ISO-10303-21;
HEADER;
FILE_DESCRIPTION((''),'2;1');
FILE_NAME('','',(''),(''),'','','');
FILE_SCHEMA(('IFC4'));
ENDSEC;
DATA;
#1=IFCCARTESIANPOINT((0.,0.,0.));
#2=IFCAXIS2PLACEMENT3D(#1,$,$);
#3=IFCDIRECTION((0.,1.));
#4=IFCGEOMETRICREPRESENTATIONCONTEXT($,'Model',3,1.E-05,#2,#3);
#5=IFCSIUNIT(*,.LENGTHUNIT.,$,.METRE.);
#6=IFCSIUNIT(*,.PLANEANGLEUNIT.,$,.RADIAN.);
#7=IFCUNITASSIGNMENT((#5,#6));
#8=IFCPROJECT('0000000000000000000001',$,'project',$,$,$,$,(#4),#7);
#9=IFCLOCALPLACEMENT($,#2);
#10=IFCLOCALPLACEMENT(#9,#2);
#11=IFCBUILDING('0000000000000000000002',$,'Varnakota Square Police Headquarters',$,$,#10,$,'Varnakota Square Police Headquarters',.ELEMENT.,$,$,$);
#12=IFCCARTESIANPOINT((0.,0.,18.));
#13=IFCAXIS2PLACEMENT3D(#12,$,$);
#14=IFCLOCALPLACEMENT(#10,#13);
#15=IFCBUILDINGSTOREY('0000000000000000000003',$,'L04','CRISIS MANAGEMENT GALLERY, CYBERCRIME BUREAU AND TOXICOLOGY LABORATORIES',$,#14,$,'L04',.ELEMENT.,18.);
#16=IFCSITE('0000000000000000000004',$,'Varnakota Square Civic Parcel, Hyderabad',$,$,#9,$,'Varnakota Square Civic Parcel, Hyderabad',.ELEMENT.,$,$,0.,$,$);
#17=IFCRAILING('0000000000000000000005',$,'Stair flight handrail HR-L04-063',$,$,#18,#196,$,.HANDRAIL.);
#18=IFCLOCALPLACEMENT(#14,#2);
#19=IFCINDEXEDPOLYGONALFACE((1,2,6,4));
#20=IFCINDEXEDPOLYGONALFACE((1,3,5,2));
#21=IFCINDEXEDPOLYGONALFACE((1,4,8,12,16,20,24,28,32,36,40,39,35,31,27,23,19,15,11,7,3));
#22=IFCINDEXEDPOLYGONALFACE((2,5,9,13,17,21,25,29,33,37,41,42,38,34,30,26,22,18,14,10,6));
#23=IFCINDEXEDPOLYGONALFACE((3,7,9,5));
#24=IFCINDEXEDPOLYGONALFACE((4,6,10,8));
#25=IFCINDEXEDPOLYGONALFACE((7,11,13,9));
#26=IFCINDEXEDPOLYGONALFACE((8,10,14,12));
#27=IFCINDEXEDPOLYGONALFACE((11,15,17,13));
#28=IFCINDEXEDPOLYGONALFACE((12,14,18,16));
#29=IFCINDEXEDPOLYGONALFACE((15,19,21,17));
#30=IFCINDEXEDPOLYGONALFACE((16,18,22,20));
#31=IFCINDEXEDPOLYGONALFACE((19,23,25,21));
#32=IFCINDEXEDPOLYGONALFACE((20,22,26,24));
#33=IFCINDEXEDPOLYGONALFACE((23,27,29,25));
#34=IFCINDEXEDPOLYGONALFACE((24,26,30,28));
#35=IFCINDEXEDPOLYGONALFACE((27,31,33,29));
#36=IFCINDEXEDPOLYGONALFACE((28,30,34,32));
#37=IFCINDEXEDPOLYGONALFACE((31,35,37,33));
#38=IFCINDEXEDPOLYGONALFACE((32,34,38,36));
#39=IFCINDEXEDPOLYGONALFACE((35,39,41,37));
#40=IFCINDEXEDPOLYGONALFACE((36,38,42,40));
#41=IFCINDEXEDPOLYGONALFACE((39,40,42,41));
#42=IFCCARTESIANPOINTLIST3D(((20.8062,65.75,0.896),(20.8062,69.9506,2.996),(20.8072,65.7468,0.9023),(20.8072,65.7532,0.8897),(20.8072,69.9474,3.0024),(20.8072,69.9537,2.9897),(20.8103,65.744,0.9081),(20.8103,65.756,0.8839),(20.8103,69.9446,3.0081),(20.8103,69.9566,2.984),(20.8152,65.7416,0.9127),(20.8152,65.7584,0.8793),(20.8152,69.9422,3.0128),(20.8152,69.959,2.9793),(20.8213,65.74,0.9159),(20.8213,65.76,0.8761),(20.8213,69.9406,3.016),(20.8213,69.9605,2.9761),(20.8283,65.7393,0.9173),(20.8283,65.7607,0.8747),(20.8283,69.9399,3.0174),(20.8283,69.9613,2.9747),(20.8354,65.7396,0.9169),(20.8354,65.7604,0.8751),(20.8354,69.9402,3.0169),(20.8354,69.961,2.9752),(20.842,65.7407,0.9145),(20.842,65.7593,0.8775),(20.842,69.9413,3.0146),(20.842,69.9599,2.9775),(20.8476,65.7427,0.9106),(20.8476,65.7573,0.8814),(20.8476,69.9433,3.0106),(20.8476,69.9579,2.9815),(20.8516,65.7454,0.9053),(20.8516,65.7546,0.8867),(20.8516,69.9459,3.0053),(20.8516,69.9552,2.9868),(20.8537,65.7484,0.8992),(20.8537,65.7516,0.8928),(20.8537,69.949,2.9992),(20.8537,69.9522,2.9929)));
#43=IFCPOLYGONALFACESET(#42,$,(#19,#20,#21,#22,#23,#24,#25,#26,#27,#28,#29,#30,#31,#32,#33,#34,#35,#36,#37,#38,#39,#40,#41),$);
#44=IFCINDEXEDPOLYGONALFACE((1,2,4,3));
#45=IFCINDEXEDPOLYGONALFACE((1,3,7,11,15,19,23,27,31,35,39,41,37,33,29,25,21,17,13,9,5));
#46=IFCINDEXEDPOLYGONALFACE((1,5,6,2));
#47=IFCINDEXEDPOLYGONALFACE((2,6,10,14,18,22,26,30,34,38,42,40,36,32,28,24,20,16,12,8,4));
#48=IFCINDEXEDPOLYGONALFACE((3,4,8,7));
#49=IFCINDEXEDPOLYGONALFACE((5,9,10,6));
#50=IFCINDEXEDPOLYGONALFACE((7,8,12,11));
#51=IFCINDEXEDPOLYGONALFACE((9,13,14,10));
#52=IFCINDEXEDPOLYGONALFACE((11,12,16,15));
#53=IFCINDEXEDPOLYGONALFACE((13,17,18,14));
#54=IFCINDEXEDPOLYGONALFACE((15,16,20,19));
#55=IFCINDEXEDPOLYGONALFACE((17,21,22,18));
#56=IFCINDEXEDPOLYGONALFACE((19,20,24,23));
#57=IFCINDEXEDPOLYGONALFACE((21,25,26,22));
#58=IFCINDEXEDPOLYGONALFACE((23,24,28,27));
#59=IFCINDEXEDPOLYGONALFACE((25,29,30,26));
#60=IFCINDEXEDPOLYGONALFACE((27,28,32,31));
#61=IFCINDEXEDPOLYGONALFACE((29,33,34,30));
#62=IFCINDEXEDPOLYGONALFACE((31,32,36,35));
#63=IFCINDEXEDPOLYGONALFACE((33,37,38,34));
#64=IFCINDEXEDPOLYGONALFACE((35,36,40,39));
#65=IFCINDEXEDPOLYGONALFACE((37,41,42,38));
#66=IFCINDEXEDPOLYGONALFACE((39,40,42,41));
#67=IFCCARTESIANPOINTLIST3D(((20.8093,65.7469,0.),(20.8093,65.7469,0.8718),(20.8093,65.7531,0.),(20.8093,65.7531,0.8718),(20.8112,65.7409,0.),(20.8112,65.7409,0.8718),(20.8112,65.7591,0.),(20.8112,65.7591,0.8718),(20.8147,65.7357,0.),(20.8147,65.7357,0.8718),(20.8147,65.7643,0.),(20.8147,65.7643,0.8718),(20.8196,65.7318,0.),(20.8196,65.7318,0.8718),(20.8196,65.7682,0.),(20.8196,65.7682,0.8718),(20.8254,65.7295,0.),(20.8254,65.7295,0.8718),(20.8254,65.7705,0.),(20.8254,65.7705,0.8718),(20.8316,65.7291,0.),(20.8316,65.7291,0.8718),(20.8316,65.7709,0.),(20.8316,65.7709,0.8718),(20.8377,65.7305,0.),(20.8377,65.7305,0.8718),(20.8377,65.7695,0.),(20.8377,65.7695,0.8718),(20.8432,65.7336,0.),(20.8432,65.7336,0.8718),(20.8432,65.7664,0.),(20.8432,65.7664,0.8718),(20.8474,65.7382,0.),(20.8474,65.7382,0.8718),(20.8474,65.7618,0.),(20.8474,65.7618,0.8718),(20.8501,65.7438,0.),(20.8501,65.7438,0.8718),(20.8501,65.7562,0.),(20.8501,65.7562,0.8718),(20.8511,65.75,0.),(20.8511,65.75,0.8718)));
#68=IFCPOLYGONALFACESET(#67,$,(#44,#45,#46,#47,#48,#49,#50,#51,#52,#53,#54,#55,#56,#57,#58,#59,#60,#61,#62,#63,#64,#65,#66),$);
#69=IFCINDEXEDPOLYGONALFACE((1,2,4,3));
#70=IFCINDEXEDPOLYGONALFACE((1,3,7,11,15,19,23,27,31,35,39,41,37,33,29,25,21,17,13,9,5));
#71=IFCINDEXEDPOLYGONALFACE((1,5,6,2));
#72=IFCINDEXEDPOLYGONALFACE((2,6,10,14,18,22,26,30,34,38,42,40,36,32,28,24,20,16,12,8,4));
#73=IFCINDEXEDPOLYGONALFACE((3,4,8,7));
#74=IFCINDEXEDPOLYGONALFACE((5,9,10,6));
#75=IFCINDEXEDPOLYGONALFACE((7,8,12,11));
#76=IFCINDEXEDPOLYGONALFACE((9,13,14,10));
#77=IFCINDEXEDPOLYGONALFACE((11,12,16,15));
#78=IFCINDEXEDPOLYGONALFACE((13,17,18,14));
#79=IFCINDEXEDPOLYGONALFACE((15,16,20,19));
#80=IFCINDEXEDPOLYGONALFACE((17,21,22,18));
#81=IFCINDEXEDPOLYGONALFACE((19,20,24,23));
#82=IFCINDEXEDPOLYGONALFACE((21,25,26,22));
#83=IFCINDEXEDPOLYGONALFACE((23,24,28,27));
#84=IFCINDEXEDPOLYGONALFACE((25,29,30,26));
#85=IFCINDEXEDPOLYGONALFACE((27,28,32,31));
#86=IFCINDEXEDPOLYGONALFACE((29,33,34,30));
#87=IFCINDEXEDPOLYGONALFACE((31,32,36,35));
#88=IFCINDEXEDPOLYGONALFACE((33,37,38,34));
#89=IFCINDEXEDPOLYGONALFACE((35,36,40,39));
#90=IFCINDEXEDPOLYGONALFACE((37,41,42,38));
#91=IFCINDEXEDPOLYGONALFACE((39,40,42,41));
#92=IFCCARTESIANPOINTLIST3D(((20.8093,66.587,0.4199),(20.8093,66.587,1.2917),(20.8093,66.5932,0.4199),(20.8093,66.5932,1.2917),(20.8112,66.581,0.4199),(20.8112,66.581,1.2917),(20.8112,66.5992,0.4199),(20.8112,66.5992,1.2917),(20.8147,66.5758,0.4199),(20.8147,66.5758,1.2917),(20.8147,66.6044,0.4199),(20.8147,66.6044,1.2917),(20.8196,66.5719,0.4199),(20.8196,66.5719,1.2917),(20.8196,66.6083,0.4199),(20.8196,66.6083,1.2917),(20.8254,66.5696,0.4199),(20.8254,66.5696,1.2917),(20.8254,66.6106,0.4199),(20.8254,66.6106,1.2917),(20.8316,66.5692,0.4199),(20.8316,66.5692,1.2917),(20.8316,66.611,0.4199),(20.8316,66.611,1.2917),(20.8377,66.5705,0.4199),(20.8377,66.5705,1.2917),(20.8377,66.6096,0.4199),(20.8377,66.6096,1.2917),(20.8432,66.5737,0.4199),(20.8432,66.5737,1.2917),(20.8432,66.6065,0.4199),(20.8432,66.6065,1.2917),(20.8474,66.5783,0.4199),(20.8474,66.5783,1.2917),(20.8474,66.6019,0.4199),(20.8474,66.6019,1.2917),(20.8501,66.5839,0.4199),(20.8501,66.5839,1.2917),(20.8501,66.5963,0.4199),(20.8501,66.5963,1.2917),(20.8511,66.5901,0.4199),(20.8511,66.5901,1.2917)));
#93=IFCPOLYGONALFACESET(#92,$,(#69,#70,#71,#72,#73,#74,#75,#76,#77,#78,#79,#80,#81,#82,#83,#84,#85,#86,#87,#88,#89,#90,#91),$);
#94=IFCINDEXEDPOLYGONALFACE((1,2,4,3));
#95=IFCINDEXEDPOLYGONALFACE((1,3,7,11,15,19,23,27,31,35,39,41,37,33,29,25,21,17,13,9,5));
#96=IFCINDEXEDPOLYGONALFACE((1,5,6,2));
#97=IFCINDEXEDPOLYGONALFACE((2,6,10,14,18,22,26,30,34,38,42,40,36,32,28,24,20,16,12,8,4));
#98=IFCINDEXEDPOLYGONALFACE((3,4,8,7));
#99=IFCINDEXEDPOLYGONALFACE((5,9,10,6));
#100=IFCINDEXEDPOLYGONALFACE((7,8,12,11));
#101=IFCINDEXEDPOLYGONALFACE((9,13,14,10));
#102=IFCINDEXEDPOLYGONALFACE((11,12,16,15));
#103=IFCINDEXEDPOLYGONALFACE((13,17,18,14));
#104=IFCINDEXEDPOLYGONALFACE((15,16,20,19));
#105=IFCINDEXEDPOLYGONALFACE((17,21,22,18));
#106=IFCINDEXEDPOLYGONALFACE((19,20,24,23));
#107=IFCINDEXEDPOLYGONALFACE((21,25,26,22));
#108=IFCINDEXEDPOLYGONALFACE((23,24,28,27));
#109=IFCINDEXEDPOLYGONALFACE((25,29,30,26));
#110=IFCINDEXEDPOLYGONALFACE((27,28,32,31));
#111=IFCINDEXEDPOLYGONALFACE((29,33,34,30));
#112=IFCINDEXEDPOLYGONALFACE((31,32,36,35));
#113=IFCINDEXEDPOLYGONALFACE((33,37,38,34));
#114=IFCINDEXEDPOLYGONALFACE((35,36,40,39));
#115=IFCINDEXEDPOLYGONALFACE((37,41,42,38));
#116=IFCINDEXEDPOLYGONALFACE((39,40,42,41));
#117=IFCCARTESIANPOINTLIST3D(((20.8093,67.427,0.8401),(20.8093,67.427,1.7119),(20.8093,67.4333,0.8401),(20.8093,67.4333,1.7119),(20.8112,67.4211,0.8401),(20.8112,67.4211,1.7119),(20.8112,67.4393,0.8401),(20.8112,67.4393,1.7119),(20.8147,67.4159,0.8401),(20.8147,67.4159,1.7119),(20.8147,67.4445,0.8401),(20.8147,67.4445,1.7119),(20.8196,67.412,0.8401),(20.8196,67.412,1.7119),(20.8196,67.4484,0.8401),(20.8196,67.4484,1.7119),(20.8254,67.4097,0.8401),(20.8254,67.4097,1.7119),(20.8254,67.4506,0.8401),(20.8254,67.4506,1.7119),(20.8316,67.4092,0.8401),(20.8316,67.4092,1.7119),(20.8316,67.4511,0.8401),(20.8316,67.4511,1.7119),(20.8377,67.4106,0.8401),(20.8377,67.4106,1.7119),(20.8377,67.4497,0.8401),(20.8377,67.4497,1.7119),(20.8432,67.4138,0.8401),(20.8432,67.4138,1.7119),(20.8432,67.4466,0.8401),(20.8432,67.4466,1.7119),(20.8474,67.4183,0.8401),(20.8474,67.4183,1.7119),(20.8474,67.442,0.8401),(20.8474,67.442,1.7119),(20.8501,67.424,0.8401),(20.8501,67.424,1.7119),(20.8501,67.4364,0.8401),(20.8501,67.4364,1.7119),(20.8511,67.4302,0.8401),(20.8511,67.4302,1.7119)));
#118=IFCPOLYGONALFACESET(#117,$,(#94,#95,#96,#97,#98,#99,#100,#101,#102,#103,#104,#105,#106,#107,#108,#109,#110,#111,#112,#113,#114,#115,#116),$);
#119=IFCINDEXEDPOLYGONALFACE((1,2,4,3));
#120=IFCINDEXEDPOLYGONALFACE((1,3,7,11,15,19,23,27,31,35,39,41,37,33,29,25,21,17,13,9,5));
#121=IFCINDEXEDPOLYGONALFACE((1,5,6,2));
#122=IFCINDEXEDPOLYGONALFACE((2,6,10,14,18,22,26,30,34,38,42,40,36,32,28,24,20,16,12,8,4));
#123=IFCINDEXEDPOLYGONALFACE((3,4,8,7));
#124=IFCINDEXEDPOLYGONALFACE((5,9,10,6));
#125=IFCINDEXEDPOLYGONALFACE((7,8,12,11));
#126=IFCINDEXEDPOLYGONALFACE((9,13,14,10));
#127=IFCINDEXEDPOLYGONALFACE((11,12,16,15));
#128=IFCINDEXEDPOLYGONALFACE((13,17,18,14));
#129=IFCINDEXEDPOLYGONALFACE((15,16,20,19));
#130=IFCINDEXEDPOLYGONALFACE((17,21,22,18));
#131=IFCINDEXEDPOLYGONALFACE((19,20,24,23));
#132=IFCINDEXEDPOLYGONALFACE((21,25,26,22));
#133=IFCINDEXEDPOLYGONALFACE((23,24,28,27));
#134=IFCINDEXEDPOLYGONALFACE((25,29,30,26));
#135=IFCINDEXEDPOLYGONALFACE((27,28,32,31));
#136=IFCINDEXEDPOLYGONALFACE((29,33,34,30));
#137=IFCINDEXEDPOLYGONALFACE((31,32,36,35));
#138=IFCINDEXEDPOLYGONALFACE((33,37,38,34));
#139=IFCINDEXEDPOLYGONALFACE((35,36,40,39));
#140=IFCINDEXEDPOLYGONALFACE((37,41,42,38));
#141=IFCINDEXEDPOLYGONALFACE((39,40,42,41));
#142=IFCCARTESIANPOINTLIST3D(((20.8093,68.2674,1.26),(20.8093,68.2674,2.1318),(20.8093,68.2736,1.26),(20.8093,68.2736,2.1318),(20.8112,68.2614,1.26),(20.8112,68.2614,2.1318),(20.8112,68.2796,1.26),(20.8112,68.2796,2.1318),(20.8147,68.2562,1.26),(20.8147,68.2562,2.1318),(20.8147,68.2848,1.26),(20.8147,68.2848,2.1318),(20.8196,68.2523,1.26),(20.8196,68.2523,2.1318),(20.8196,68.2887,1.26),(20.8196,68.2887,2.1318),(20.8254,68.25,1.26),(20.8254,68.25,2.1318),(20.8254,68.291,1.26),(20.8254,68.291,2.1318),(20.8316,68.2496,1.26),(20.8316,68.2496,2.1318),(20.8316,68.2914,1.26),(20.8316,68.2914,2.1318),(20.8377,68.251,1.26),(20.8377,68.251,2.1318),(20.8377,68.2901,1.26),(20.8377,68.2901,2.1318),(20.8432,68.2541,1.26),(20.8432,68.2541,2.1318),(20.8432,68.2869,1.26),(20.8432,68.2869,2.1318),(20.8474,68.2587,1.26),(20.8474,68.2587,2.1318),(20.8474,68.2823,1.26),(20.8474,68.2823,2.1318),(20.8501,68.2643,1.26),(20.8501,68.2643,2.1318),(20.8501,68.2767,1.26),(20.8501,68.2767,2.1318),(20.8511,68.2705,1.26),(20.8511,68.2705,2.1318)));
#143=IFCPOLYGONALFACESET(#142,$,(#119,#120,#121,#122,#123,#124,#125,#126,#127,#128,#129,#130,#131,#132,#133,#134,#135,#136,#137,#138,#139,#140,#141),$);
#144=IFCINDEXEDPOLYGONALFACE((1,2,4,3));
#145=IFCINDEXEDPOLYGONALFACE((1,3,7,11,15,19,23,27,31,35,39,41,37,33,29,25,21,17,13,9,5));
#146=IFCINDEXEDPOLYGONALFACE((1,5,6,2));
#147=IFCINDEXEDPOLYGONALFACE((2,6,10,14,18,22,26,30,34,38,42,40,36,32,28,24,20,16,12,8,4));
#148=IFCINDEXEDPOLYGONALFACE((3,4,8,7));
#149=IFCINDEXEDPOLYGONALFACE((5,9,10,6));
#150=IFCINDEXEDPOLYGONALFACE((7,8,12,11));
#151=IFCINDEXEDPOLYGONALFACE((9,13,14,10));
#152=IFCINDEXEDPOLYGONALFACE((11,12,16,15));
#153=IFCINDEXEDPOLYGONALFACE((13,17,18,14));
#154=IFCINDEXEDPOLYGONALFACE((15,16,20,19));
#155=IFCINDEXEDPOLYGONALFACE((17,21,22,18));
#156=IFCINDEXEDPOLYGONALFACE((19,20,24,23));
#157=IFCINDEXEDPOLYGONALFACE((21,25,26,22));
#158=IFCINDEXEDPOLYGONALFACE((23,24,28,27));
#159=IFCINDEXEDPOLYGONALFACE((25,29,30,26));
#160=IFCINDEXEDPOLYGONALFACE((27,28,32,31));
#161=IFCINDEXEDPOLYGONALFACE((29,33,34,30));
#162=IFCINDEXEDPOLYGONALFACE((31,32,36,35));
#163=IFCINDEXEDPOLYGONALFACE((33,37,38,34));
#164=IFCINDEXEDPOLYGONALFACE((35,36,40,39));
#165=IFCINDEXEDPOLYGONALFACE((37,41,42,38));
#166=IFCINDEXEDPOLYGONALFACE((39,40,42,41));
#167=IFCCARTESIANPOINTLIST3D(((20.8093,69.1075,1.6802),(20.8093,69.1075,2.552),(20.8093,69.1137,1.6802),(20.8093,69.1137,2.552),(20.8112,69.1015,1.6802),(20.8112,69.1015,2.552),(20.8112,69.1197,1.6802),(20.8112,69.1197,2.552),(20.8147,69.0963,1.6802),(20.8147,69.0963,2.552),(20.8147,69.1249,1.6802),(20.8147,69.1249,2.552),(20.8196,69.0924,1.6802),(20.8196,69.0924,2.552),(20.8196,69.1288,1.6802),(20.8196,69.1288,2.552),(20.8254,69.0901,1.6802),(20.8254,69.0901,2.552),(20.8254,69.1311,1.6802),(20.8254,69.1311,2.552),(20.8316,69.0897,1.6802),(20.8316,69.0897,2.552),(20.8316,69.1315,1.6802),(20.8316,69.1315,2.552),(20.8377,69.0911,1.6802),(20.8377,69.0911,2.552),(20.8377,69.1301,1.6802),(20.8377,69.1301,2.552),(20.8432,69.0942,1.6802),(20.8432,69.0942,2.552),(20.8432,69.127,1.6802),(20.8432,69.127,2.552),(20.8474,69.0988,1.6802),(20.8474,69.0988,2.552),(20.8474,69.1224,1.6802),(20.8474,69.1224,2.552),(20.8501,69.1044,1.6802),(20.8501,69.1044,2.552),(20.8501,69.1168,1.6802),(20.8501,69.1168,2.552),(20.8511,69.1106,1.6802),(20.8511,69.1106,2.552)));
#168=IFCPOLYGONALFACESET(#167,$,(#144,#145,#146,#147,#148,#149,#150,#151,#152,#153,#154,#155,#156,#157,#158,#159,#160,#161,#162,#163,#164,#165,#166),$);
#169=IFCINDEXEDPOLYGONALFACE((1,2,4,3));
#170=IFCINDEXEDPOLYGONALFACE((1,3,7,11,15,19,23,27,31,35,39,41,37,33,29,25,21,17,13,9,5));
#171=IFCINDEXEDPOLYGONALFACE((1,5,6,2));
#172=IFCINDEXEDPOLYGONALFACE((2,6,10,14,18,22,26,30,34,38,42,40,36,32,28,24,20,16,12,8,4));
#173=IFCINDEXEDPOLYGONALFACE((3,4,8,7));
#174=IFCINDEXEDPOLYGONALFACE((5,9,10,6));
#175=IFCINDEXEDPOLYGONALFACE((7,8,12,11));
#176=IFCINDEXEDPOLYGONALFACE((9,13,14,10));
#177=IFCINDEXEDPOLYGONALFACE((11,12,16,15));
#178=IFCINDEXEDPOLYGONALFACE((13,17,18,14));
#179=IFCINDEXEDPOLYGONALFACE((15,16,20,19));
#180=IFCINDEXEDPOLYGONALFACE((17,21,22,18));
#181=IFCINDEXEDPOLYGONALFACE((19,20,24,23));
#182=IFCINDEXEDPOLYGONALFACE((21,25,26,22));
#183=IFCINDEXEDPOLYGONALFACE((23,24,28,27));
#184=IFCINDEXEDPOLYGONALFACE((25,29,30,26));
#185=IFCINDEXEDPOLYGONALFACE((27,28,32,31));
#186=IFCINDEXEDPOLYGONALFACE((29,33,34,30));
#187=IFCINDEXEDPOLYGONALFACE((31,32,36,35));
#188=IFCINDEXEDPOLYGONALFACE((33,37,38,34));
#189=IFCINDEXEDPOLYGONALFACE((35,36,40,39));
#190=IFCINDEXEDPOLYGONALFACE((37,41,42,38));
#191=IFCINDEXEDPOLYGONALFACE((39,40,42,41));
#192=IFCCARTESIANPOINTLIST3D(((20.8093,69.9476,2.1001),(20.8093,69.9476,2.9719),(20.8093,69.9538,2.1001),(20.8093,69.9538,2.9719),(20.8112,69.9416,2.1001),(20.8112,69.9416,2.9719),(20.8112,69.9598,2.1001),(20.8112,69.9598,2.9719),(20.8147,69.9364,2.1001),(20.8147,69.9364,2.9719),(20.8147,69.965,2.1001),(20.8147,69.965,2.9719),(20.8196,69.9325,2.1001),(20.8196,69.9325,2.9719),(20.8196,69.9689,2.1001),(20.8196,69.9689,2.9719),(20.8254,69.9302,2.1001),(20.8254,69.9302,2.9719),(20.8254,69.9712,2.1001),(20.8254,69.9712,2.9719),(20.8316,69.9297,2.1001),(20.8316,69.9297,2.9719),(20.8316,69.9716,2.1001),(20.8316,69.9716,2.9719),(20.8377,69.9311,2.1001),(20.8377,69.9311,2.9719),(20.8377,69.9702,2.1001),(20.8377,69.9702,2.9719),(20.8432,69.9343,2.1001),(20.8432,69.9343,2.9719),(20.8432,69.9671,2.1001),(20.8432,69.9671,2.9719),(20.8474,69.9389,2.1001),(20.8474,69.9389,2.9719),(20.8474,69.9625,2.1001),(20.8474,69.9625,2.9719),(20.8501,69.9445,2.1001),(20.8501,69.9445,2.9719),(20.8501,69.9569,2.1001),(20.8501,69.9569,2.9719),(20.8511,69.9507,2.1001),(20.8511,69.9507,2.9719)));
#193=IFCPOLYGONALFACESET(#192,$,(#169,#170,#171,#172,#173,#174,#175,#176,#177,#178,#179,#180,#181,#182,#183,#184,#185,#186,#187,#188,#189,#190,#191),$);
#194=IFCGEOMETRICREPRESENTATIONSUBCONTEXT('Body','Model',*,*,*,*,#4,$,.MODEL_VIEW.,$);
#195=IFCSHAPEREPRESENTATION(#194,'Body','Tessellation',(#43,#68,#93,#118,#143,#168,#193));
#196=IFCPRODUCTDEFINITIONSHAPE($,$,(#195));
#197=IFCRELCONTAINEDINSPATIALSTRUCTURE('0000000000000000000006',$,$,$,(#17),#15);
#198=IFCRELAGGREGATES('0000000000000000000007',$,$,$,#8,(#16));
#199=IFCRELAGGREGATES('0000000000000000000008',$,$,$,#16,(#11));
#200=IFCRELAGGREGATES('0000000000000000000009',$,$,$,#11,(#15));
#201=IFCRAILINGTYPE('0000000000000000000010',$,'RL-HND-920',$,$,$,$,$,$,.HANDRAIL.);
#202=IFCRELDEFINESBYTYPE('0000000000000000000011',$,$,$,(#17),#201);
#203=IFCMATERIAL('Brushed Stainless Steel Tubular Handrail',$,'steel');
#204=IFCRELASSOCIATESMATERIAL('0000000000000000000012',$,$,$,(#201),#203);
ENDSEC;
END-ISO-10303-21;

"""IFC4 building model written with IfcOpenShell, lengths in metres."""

from ifc_helpers import new_model, si_unit, direction, frame, origin, origin_2d, place, context, subcontext, project, spatial, circle, extrude, material, type_object, element, save


model = new_model("IFC4")

# Units and contexts
model_context = context("Model", 3, precision=1e-05, world=origin(), true_north=direction((0.0, 1.0)))
body_context = subcontext(model_context, "Body", "Model", "MODEL_VIEW")
ifc_project = project(units=[si_unit("LENGTHUNIT", "METRE"), si_unit("PLANEANGLEUNIT", "RADIAN")], contexts=[model_context])

# Site, building, storey
site_placement = place(None, origin())
site = spatial("IfcSite", under=ifc_project, at=site_placement, Name="Varnakota Square Civic Parcel, Hyderabad", LongName="Varnakota Square Civic Parcel, Hyderabad", CompositionType="ELEMENT", RefElevation=0.0)
building_placement = place(site_placement, origin())
building = spatial("IfcBuilding", under=site, at=building_placement, Name="Varnakota Square Police Headquarters", LongName="Varnakota Square Police Headquarters", CompositionType="ELEMENT")
storey_placement = place(building_placement, frame((0.0, 0.0, 18.0)))
storey = spatial("IfcBuildingStorey", under=building, at=storey_placement, Name="L04", Description="CRISIS MANAGEMENT GALLERY, CYBERCRIME BUREAU AND TOXICOLOGY LABORATORIES", LongName="L04", CompositionType="ELEMENT", Elevation=18.0)

# Railing
ifc_material_1 = material(Name="Brushed Stainless Steel Tubular Handrail", Category="steel")
railing_type_1 = type_object("IfcRailingType", Name="RL-HND-920", PredefinedType="HANDRAIL", material=ifc_material_1)
railing_1_placement = place(storey_placement, frame((20.8301, 65.75, 0.0)))
element("IfcRailing", 1, at=railing_1_placement, inside=storey, type_object=railing_type_1, Name="Stair flight handrail HR-L04-063", PredefinedType="HANDRAIL", context=body_context, shape_type="SweptSolid", body=[
    extrude(circle(Radius=0.0239, at=origin_2d()), frame((0.0, 0.0, 0.896), z_axis=(0.0, 0.894448, 0.447172), x_axis=(-1.0, 0.0, 0.0)), (0.0, 0.0, 1.0), 4.6963),
    extrude(circle(Radius=0.021, at=origin_2d()), origin(), (0.0, 0.0, 1.0), 0.8718),
    extrude(circle(Radius=0.021, at=origin_2d()), frame((0.0, 0.8401, 0.4199)), (0.0, 0.0, 1.0), 0.8718),
    extrude(circle(Radius=0.021, at=origin_2d()), frame((0.0, 1.6802, 0.8401)), (0.0, 0.0, 1.0), 0.8718),
    extrude(circle(Radius=0.021, at=origin_2d()), frame((0.0, 2.5205, 1.26)), (0.0, 0.0, 1.0), 0.8718),
    extrude(circle(Radius=0.021, at=origin_2d()), frame((0.0, 3.3606, 1.6802)), (0.0, 0.0, 1.0), 0.8718),
    extrude(circle(Radius=0.021, at=origin_2d()), frame((0.0, 4.2007, 2.1001)), (0.0, 0.0, 1.0), 0.8718),
])

save(model, "model.ifc")
